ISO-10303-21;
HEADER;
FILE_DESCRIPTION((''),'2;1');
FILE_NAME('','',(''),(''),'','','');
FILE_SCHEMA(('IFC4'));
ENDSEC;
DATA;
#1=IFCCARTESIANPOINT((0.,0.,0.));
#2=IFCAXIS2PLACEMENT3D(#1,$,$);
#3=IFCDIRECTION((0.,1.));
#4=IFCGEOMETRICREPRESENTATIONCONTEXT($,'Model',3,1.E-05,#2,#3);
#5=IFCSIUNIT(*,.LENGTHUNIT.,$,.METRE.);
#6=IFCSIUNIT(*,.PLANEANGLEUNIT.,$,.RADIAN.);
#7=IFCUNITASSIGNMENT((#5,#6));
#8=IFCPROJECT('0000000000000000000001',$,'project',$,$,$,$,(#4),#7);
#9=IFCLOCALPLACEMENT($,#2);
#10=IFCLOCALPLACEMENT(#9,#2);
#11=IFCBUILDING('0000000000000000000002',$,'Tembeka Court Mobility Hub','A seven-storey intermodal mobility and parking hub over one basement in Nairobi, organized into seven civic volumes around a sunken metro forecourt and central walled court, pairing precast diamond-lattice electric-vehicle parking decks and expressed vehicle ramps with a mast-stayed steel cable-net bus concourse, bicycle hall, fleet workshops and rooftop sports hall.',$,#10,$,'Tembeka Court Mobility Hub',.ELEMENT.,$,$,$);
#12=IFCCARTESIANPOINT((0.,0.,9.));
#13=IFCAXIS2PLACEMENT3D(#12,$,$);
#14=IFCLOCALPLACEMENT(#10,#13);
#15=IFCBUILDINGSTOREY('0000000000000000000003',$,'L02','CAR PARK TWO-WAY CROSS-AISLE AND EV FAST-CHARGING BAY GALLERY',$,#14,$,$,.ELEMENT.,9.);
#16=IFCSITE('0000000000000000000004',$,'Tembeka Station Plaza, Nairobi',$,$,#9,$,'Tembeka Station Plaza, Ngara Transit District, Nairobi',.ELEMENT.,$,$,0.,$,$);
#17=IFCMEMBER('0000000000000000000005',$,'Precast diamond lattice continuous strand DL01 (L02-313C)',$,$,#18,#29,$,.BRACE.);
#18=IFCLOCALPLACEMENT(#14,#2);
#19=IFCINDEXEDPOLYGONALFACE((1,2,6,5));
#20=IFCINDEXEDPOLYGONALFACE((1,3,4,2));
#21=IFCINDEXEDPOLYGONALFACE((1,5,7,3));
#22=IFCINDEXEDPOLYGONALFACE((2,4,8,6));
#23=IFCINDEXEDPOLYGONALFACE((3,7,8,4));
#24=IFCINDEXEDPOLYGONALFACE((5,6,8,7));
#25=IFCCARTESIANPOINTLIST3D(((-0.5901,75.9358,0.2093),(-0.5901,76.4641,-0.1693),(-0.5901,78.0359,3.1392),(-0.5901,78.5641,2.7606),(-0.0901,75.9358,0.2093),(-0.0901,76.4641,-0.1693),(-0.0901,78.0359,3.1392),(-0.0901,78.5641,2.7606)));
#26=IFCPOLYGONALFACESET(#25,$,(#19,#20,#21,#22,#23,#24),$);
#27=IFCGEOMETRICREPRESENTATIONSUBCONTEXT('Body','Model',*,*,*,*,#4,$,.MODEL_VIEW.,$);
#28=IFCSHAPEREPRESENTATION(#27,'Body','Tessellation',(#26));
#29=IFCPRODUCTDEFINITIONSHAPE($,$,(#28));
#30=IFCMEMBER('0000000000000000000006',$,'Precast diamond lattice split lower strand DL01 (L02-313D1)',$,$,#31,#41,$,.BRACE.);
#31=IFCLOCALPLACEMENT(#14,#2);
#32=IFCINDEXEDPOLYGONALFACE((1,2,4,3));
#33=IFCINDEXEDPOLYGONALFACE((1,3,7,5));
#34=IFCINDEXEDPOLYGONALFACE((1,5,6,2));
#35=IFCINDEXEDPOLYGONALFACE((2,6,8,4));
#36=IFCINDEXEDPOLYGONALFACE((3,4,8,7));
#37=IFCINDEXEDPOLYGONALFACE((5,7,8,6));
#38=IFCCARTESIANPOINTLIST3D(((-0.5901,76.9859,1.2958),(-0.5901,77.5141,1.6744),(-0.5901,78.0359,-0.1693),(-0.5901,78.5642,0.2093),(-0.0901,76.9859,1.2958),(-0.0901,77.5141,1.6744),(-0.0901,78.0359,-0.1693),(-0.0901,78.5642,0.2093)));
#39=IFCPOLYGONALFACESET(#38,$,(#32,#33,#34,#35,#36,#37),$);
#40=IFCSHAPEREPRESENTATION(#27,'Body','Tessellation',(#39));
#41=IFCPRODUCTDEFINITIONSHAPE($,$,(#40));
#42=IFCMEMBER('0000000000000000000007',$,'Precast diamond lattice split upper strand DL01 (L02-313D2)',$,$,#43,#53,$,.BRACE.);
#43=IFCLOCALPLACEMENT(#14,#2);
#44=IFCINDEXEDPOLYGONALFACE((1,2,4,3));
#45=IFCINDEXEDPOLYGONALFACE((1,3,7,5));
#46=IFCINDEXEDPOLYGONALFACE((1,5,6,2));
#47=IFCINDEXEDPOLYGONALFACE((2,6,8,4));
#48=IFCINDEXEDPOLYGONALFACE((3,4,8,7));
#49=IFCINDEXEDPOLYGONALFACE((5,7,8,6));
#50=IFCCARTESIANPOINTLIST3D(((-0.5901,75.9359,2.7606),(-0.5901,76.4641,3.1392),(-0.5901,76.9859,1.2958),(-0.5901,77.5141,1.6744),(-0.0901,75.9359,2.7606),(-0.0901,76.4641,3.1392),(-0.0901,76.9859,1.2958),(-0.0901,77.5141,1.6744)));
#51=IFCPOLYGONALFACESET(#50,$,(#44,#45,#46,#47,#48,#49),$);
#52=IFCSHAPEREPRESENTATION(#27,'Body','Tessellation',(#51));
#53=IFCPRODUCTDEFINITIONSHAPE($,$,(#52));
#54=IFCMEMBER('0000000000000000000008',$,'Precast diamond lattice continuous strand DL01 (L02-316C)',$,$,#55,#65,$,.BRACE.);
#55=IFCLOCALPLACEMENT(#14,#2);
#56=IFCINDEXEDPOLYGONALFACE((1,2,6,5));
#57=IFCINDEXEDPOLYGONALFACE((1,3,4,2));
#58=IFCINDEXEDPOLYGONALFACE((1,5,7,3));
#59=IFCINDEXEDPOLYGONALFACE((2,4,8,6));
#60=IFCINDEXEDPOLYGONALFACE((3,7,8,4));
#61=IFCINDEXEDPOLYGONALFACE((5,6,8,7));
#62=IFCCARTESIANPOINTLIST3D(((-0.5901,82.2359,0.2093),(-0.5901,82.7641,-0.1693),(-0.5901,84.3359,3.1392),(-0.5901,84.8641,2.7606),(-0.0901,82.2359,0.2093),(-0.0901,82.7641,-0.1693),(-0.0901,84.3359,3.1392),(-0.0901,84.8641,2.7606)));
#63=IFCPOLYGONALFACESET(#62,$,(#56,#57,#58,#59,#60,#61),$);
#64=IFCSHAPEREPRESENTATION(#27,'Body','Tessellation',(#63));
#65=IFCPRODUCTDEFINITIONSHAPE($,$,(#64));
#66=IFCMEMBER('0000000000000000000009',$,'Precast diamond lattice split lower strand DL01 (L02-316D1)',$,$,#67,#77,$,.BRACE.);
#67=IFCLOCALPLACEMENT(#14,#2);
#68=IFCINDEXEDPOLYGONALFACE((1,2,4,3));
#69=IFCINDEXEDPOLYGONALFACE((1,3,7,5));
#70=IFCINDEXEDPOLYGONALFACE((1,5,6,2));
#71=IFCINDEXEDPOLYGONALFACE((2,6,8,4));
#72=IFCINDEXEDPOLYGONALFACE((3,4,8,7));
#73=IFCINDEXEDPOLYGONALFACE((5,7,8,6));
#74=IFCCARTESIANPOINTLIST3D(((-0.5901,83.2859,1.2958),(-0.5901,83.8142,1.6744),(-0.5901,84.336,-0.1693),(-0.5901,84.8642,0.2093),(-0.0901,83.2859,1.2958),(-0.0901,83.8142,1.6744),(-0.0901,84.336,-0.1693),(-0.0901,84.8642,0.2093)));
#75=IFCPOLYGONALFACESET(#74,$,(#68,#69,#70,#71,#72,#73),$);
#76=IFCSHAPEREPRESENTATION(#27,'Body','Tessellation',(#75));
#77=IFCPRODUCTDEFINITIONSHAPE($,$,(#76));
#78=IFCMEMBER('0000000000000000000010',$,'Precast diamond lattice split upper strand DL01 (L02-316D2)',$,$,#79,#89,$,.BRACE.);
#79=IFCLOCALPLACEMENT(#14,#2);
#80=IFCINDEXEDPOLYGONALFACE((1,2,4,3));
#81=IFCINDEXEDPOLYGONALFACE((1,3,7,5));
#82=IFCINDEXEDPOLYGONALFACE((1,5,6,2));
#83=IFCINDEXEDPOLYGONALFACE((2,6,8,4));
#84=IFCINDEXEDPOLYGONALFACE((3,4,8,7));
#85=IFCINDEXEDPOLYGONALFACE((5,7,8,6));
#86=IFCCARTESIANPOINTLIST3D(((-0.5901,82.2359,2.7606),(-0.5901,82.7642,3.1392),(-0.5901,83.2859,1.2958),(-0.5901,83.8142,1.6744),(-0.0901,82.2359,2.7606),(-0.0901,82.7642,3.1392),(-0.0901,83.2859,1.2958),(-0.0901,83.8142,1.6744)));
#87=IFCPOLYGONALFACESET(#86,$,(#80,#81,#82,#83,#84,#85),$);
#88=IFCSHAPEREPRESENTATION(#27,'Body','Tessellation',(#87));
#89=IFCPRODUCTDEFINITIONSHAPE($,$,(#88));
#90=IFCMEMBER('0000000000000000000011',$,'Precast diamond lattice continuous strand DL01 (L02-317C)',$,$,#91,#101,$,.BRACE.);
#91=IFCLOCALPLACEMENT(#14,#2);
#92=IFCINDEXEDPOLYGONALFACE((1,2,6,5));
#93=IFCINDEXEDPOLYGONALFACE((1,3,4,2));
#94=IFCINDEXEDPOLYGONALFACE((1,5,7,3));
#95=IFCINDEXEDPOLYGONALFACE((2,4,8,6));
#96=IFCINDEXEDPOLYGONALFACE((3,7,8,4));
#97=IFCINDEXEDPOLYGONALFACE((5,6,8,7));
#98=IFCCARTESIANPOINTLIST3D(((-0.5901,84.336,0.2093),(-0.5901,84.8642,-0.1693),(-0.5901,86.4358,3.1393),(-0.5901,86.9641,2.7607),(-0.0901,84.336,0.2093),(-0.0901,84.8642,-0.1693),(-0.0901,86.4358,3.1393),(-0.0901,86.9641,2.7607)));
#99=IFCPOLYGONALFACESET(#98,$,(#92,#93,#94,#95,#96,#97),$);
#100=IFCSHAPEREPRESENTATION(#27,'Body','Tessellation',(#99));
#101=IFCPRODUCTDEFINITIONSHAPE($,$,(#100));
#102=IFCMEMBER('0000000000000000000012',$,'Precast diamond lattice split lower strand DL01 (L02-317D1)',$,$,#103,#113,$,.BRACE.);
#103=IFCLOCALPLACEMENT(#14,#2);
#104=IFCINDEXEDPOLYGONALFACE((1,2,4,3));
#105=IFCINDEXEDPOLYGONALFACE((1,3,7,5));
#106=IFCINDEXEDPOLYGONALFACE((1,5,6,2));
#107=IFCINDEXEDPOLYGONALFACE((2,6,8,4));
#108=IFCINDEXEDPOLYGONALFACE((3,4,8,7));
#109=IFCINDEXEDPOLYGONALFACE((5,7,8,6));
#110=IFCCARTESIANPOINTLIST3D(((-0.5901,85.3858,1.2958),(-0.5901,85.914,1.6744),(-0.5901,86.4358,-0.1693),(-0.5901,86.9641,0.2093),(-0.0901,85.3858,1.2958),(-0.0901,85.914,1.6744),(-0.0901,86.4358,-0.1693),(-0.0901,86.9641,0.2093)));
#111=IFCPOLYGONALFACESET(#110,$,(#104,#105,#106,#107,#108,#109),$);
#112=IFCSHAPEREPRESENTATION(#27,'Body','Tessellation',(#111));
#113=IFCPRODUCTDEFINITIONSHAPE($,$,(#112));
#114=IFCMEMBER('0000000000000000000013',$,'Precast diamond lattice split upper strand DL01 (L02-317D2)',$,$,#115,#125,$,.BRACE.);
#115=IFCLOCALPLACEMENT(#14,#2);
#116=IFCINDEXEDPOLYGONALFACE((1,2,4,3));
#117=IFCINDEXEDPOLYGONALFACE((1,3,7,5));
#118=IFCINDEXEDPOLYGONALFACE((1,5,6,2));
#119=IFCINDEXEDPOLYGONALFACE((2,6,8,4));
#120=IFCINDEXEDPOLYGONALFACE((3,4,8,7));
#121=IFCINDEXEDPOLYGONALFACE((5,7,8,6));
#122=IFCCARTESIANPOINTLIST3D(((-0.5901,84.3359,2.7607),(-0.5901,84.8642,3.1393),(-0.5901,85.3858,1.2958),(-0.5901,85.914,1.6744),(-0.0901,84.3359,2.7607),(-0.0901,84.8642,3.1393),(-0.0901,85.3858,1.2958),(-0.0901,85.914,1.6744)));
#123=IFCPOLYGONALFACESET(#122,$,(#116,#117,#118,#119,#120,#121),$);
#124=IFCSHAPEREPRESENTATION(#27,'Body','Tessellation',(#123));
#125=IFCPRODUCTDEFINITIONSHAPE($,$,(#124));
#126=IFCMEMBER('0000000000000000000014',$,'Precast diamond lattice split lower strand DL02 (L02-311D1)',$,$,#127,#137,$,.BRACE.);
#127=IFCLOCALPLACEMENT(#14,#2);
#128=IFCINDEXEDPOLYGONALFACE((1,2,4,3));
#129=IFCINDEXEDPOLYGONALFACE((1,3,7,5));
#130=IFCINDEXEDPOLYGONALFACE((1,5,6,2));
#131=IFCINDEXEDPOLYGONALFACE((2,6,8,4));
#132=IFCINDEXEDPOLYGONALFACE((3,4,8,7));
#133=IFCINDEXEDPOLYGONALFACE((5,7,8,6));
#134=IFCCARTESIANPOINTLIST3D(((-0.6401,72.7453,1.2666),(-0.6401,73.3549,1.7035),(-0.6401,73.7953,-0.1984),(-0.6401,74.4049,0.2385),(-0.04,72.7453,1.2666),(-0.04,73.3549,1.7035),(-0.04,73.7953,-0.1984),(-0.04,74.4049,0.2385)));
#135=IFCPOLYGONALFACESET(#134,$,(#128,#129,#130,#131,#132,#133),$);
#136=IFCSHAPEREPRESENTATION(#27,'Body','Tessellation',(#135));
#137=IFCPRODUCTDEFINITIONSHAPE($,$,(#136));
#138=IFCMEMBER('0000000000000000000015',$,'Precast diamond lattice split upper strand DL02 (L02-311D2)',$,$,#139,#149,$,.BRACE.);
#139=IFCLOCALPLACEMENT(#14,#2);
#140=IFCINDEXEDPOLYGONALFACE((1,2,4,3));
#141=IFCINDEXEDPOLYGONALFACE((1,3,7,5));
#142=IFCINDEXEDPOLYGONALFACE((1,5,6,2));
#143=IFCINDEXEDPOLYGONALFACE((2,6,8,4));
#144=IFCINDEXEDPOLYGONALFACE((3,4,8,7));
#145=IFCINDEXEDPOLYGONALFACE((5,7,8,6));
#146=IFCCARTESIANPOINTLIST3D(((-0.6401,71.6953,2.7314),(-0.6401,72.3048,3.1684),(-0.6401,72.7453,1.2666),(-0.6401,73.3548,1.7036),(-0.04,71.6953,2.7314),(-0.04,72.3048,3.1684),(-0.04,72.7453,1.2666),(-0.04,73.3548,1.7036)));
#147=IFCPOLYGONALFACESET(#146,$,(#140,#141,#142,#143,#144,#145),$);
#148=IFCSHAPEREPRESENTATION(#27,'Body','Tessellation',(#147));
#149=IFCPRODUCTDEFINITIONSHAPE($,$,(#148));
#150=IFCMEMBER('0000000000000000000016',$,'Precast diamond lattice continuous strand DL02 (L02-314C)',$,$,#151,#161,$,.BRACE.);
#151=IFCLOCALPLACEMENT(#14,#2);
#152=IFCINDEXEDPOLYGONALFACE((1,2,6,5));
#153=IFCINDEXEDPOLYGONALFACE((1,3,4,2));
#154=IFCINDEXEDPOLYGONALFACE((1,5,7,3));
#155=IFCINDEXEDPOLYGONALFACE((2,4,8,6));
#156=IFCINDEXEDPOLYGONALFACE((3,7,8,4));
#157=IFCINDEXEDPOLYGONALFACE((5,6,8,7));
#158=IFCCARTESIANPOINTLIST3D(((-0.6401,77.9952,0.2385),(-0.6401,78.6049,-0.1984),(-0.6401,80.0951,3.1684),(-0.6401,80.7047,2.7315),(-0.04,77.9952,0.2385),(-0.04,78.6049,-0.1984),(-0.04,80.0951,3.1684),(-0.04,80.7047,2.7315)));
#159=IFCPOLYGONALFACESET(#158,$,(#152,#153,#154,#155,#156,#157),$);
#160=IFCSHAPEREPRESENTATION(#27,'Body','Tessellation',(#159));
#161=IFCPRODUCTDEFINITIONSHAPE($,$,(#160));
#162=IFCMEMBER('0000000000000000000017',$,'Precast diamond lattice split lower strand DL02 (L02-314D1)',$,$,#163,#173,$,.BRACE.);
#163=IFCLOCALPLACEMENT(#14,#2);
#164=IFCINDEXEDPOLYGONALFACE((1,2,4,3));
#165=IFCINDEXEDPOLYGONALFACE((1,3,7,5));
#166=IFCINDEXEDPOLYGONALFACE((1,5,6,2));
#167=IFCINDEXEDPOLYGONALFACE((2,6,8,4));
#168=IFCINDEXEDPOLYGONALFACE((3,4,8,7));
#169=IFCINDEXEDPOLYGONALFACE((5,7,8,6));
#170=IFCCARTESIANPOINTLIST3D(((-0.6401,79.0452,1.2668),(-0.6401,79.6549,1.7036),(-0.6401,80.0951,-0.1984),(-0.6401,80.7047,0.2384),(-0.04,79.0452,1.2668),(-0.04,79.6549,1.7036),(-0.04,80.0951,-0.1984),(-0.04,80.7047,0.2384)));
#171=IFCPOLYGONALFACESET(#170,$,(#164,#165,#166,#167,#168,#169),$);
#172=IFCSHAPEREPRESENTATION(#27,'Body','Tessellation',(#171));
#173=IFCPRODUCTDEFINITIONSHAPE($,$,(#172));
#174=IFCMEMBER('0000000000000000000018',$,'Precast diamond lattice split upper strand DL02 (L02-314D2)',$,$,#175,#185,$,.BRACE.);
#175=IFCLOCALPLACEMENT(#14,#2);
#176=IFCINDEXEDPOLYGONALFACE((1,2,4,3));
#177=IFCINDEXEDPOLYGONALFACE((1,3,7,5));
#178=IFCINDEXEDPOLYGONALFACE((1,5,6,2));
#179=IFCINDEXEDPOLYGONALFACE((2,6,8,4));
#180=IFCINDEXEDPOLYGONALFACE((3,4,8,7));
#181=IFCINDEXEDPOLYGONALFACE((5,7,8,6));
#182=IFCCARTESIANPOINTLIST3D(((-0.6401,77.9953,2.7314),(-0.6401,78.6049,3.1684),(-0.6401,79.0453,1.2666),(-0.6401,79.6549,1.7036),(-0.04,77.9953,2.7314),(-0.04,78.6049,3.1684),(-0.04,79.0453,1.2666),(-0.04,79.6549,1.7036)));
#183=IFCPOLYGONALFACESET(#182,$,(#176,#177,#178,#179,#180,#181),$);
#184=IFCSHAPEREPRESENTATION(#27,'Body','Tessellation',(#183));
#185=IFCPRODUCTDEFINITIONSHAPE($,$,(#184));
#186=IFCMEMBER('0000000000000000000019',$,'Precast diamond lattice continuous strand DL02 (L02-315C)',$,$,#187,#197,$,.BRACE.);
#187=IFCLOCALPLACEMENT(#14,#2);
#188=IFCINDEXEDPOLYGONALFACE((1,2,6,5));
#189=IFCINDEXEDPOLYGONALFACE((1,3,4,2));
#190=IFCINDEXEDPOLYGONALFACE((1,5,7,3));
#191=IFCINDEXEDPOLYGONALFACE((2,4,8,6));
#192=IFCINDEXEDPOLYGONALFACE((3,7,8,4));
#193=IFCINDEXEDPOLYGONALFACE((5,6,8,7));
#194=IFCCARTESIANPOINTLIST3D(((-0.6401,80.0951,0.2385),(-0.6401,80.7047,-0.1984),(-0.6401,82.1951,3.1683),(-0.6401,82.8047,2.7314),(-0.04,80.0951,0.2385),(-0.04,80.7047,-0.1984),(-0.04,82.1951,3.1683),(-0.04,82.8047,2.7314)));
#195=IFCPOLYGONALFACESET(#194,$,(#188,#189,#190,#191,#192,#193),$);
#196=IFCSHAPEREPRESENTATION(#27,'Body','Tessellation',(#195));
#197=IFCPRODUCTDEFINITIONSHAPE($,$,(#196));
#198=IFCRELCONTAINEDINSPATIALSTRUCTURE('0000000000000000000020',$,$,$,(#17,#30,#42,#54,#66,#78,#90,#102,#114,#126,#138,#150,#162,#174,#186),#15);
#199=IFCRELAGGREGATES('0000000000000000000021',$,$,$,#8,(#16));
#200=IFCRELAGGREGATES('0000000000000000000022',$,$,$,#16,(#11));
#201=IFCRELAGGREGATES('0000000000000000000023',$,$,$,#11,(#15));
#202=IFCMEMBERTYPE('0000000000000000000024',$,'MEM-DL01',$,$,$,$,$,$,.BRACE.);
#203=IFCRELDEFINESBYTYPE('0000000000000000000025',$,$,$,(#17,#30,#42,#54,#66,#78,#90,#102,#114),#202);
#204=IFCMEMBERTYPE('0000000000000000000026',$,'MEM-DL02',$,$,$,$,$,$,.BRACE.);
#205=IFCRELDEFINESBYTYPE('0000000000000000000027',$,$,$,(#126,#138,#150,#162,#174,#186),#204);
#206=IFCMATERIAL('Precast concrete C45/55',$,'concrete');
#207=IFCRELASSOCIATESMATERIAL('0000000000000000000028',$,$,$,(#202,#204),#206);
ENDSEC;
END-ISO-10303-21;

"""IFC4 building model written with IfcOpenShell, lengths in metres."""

from ifc_helpers import new_model, si_unit, direction, frame, origin, origin_2d, place, context, subcontext, project, spatial, rectangle, extrude, material, material_profile, profile_set, type_object, element, save


model = new_model("IFC4")

# Units and contexts
model_context = context("Model", 3, precision=1e-05, world=origin(), true_north=direction((0.0, 1.0)))
body_context = subcontext(model_context, "Body", "Model", "MODEL_VIEW")
ifc_project = project(units=[si_unit("LENGTHUNIT", "METRE"), si_unit("PLANEANGLEUNIT", "RADIAN")], contexts=[model_context])

# Site, building, storey
site_placement = place(None, origin())
site = spatial("IfcSite", under=ifc_project, at=site_placement, Name="Tembeka Station Plaza, Nairobi", LongName="Tembeka Station Plaza, Ngara Transit District, Nairobi", CompositionType="ELEMENT", RefElevation=0.0)
building_placement = place(site_placement, origin())
building = spatial("IfcBuilding", under=site, at=building_placement, Name="Tembeka Court Mobility Hub", Description="A seven-storey intermodal mobility and parking hub over one basement in Nairobi, organized into seven civic volumes around a sunken metro forecourt and central walled court, pairing precast diamond-lattice electric-vehicle parking decks and expressed vehicle ramps with a mast-stayed steel cable-net bus concourse, bicycle hall, fleet workshops and rooftop sports hall.", LongName="Tembeka Court Mobility Hub", CompositionType="ELEMENT")
storey_placement = place(building_placement, frame((0.0, 0.0, 9.0)))
storey = spatial("IfcBuildingStorey", under=building, at=storey_placement, Name="L02", Description="CAR PARK TWO-WAY CROSS-AISLE AND EV FAST-CHARGING BAY GALLERY", CompositionType="ELEMENT", Elevation=9.0)

# Members
ifc_material_1 = material(Name="Precast concrete C45/55", Category="concrete")
ifc_material_profile_1 = material_profile(ifc_material_1, rectangle(XDim=0.5, YDim=0.6499, at=origin_2d()), Name="PC-DIAG 500x650")
ifc_profile_set_1 = profile_set([ifc_material_profile_1], Name="Precast concrete C45/55")
member_type_1 = type_object("IfcMemberType", Name="MEM-DL01", PredefinedType="BRACE", material=ifc_profile_set_1)
member_1_placement = place(storey_placement, frame((-0.3401, 76.2, 0.02), z_axis=(0.0, 0.582576, 0.812776), x_axis=(-1.0, 0.0, 0.0)))
element("IfcMember", 1, at=member_1_placement, inside=storey, type_object=member_type_1, Name="Precast diamond lattice continuous strand DL01 (L02-313C)", PredefinedType="BRACE", context=body_context, shape_type="SweptSolid", body=[
    extrude(rectangle(XDim=0.5, YDim=0.6499, at=origin_2d()), origin(), (0.0, 0.0, 1.0), 3.6047),
])
member_2_placement = place(storey_placement, frame((-0.3401, 78.3, 0.02), z_axis=(0.0, -0.582544, 0.812799), x_axis=(1.0, 0.0, 0.0)))
element("IfcMember", 2, at=member_2_placement, inside=storey, type_object=member_type_1, Name="Precast diamond lattice split lower strand DL01 (L02-313D1)", PredefinedType="BRACE", context=body_context, shape_type="SweptSolid", body=[
    extrude(rectangle(XDim=0.5, YDim=0.6499, at=origin_2d()), origin(), (0.0, 0.0, 1.0), 1.8025),
])
member_3_placement = place(storey_placement, frame((-0.3401, 77.25, 1.4851), z_axis=(0.0, -0.582608, 0.812753), x_axis=(1.0, 0.0, 0.0)))
element("IfcMember", 3, at=member_3_placement, inside=storey, type_object=member_type_1, Name="Precast diamond lattice split upper strand DL01 (L02-313D2)", PredefinedType="BRACE", context=body_context, shape_type="SweptSolid", body=[
    extrude(rectangle(XDim=0.5, YDim=0.6499, at=origin_2d()), origin(), (0.0, 0.0, 1.0), 1.8022),
])
member_4_placement = place(storey_placement, frame((-0.3401, 82.5, 0.02), z_axis=(0.0, 0.582576, 0.812776), x_axis=(-1.0, 0.0, 0.0)))
element("IfcMember", 4, at=member_4_placement, inside=storey, type_object=member_type_1, Name="Precast diamond lattice continuous strand DL01 (L02-316C)", PredefinedType="BRACE", context=body_context, shape_type="SweptSolid", body=[
    extrude(rectangle(XDim=0.5, YDim=0.6499, at=origin_2d()), origin(), (0.0, 0.0, 1.0), 3.6047),
])
member_5_placement = place(storey_placement, frame((-0.3401, 84.6001, 0.02), z_axis=(0.0, -0.582544, 0.812799), x_axis=(1.0, 0.0, 0.0)))
element("IfcMember", 5, at=member_5_placement, inside=storey, type_object=member_type_1, Name="Precast diamond lattice split lower strand DL01 (L02-316D1)", PredefinedType="BRACE", context=body_context, shape_type="SweptSolid", body=[
    extrude(rectangle(XDim=0.5, YDim=0.6499, at=origin_2d()), origin(), (0.0, 0.0, 1.0), 1.8025),
])
member_6_placement = place(storey_placement, frame((-0.3401, 83.55, 1.4851), z_axis=(0.0, -0.582608, 0.812753), x_axis=(1.0, 0.0, 0.0)))
element("IfcMember", 6, at=member_6_placement, inside=storey, type_object=member_type_1, Name="Precast diamond lattice split upper strand DL01 (L02-316D2)", PredefinedType="BRACE", context=body_context, shape_type="SweptSolid", body=[
    extrude(rectangle(XDim=0.5, YDim=0.6499, at=origin_2d()), origin(), (0.0, 0.0, 1.0), 1.8022),
])
member_7_placement = place(storey_placement, frame((-0.3401, 84.6001, 0.02), z_axis=(0.0, 0.582532, 0.812808), x_axis=(-1.0, 0.0, 0.0)))
element("IfcMember", 7, at=member_7_placement, inside=storey, type_object=member_type_1, Name="Precast diamond lattice continuous strand DL01 (L02-317C)", PredefinedType="BRACE", context=body_context, shape_type="SweptSolid", body=[
    extrude(rectangle(XDim=0.5, YDim=0.6499, at=origin_2d()), origin(), (0.0, 0.0, 1.0), 3.6047),
])
member_8_placement = place(storey_placement, frame((-0.3401, 86.7, 0.02), z_axis=(0.0, -0.582544, 0.812799), x_axis=(1.0, 0.0, 0.0)))
element("IfcMember", 8, at=member_8_placement, inside=storey, type_object=member_type_1, Name="Precast diamond lattice split lower strand DL01 (L02-317D1)", PredefinedType="BRACE", context=body_context, shape_type="SweptSolid", body=[
    extrude(rectangle(XDim=0.5, YDim=0.6499, at=origin_2d()), origin(), (0.0, 0.0, 1.0), 1.8025),
])
member_9_placement = place(storey_placement, frame((-0.3401, 85.6499, 1.4851), z_axis=(0.0, -0.582519, 0.812817), x_axis=(1.0, 0.0, 0.0)))
element("IfcMember", 9, at=member_9_placement, inside=storey, type_object=member_type_1, Name="Precast diamond lattice split upper strand DL01 (L02-317D2)", PredefinedType="BRACE", context=body_context, shape_type="SweptSolid", body=[
    extrude(rectangle(XDim=0.5, YDim=0.6499, at=origin_2d()), origin(), (0.0, 0.0, 1.0), 1.8022),
])
ifc_material_profile_2 = material_profile(ifc_material_1, rectangle(XDim=0.6001, YDim=0.75, at=origin_2d()), Name="PC-DIAG 600x750")
ifc_profile_set_2 = profile_set([ifc_material_profile_2], Name="Precast concrete C45/55")
member_type_2 = type_object("IfcMemberType", Name="MEM-DL02", PredefinedType="BRACE", material=ifc_profile_set_2)
member_10_placement = place(storey_placement, frame((-0.3401, 74.1001, 0.02), z_axis=(0.0, -0.582544, 0.812799), x_axis=(1.0, 0.0, 0.0)))
element("IfcMember", 10, at=member_10_placement, inside=storey, type_object=member_type_2, Name="Precast diamond lattice split lower strand DL02 (L02-311D1)", PredefinedType="BRACE", context=body_context, shape_type="SweptSolid", body=[
    extrude(rectangle(XDim=0.6001, YDim=0.75, at=origin_2d()), origin(), (0.0, 0.0, 1.0), 1.8025),
])
member_11_placement = place(storey_placement, frame((-0.3401, 73.05, 1.4851), z_axis=(0.0, -0.582608, 0.812753), x_axis=(1.0, 0.0, 0.0)))
element("IfcMember", 11, at=member_11_placement, inside=storey, type_object=member_type_2, Name="Precast diamond lattice split upper strand DL02 (L02-311D2)", PredefinedType="BRACE", context=body_context, shape_type="SweptSolid", body=[
    extrude(rectangle(XDim=0.6001, YDim=0.75, at=origin_2d()), origin(), (0.0, 0.0, 1.0), 1.8022),
])
member_12_placement = place(storey_placement, frame((-0.3401, 78.3, 0.02), z_axis=(0.0, 0.582532, 0.812808), x_axis=(-1.0, 0.0, 0.0)))
element("IfcMember", 12, at=member_12_placement, inside=storey, type_object=member_type_2, Name="Precast diamond lattice continuous strand DL02 (L02-314C)", PredefinedType="BRACE", context=body_context, shape_type="SweptSolid", body=[
    extrude(rectangle(XDim=0.6001, YDim=0.75, at=origin_2d()), origin(), (0.0, 0.0, 1.0), 3.6047),
])
member_13_placement = place(storey_placement, frame((-0.3401, 80.3999, 0.02), z_axis=(0.0, -0.582455, 0.812863), x_axis=(1.0, 0.0, 0.0)))
element("IfcMember", 13, at=member_13_placement, inside=storey, type_object=member_type_2, Name="Precast diamond lattice split lower strand DL02 (L02-314D1)", PredefinedType="BRACE", context=body_context, shape_type="SweptSolid", body=[
    extrude(rectangle(XDim=0.6001, YDim=0.75, at=origin_2d()), origin(), (0.0, 0.0, 1.0), 1.8025),
])
member_14_placement = place(storey_placement, frame((-0.3401, 79.3501, 1.4851), z_axis=(0.0, -0.582608, 0.812753), x_axis=(1.0, 0.0, 0.0)))
element("IfcMember", 14, at=member_14_placement, inside=storey, type_object=member_type_2, Name="Precast diamond lattice split upper strand DL02 (L02-314D2)", PredefinedType="BRACE", context=body_context, shape_type="SweptSolid", body=[
    extrude(rectangle(XDim=0.6001, YDim=0.75, at=origin_2d()), origin(), (0.0, 0.0, 1.0), 1.8022),
])
member_15_placement = place(storey_placement, frame((-0.3401, 80.3999, 0.02), z_axis=(0.0, 0.582576, 0.812776), x_axis=(-1.0, 0.0, 0.0)))
element("IfcMember", 15, at=member_15_placement, inside=storey, type_object=member_type_2, Name="Precast diamond lattice continuous strand DL02 (L02-315C)", PredefinedType="BRACE", context=body_context, shape_type="SweptSolid", body=[
    extrude(rectangle(XDim=0.6001, YDim=0.75, at=origin_2d()), origin(), (0.0, 0.0, 1.0), 3.6047),
])

save(model, "model.ifc")
